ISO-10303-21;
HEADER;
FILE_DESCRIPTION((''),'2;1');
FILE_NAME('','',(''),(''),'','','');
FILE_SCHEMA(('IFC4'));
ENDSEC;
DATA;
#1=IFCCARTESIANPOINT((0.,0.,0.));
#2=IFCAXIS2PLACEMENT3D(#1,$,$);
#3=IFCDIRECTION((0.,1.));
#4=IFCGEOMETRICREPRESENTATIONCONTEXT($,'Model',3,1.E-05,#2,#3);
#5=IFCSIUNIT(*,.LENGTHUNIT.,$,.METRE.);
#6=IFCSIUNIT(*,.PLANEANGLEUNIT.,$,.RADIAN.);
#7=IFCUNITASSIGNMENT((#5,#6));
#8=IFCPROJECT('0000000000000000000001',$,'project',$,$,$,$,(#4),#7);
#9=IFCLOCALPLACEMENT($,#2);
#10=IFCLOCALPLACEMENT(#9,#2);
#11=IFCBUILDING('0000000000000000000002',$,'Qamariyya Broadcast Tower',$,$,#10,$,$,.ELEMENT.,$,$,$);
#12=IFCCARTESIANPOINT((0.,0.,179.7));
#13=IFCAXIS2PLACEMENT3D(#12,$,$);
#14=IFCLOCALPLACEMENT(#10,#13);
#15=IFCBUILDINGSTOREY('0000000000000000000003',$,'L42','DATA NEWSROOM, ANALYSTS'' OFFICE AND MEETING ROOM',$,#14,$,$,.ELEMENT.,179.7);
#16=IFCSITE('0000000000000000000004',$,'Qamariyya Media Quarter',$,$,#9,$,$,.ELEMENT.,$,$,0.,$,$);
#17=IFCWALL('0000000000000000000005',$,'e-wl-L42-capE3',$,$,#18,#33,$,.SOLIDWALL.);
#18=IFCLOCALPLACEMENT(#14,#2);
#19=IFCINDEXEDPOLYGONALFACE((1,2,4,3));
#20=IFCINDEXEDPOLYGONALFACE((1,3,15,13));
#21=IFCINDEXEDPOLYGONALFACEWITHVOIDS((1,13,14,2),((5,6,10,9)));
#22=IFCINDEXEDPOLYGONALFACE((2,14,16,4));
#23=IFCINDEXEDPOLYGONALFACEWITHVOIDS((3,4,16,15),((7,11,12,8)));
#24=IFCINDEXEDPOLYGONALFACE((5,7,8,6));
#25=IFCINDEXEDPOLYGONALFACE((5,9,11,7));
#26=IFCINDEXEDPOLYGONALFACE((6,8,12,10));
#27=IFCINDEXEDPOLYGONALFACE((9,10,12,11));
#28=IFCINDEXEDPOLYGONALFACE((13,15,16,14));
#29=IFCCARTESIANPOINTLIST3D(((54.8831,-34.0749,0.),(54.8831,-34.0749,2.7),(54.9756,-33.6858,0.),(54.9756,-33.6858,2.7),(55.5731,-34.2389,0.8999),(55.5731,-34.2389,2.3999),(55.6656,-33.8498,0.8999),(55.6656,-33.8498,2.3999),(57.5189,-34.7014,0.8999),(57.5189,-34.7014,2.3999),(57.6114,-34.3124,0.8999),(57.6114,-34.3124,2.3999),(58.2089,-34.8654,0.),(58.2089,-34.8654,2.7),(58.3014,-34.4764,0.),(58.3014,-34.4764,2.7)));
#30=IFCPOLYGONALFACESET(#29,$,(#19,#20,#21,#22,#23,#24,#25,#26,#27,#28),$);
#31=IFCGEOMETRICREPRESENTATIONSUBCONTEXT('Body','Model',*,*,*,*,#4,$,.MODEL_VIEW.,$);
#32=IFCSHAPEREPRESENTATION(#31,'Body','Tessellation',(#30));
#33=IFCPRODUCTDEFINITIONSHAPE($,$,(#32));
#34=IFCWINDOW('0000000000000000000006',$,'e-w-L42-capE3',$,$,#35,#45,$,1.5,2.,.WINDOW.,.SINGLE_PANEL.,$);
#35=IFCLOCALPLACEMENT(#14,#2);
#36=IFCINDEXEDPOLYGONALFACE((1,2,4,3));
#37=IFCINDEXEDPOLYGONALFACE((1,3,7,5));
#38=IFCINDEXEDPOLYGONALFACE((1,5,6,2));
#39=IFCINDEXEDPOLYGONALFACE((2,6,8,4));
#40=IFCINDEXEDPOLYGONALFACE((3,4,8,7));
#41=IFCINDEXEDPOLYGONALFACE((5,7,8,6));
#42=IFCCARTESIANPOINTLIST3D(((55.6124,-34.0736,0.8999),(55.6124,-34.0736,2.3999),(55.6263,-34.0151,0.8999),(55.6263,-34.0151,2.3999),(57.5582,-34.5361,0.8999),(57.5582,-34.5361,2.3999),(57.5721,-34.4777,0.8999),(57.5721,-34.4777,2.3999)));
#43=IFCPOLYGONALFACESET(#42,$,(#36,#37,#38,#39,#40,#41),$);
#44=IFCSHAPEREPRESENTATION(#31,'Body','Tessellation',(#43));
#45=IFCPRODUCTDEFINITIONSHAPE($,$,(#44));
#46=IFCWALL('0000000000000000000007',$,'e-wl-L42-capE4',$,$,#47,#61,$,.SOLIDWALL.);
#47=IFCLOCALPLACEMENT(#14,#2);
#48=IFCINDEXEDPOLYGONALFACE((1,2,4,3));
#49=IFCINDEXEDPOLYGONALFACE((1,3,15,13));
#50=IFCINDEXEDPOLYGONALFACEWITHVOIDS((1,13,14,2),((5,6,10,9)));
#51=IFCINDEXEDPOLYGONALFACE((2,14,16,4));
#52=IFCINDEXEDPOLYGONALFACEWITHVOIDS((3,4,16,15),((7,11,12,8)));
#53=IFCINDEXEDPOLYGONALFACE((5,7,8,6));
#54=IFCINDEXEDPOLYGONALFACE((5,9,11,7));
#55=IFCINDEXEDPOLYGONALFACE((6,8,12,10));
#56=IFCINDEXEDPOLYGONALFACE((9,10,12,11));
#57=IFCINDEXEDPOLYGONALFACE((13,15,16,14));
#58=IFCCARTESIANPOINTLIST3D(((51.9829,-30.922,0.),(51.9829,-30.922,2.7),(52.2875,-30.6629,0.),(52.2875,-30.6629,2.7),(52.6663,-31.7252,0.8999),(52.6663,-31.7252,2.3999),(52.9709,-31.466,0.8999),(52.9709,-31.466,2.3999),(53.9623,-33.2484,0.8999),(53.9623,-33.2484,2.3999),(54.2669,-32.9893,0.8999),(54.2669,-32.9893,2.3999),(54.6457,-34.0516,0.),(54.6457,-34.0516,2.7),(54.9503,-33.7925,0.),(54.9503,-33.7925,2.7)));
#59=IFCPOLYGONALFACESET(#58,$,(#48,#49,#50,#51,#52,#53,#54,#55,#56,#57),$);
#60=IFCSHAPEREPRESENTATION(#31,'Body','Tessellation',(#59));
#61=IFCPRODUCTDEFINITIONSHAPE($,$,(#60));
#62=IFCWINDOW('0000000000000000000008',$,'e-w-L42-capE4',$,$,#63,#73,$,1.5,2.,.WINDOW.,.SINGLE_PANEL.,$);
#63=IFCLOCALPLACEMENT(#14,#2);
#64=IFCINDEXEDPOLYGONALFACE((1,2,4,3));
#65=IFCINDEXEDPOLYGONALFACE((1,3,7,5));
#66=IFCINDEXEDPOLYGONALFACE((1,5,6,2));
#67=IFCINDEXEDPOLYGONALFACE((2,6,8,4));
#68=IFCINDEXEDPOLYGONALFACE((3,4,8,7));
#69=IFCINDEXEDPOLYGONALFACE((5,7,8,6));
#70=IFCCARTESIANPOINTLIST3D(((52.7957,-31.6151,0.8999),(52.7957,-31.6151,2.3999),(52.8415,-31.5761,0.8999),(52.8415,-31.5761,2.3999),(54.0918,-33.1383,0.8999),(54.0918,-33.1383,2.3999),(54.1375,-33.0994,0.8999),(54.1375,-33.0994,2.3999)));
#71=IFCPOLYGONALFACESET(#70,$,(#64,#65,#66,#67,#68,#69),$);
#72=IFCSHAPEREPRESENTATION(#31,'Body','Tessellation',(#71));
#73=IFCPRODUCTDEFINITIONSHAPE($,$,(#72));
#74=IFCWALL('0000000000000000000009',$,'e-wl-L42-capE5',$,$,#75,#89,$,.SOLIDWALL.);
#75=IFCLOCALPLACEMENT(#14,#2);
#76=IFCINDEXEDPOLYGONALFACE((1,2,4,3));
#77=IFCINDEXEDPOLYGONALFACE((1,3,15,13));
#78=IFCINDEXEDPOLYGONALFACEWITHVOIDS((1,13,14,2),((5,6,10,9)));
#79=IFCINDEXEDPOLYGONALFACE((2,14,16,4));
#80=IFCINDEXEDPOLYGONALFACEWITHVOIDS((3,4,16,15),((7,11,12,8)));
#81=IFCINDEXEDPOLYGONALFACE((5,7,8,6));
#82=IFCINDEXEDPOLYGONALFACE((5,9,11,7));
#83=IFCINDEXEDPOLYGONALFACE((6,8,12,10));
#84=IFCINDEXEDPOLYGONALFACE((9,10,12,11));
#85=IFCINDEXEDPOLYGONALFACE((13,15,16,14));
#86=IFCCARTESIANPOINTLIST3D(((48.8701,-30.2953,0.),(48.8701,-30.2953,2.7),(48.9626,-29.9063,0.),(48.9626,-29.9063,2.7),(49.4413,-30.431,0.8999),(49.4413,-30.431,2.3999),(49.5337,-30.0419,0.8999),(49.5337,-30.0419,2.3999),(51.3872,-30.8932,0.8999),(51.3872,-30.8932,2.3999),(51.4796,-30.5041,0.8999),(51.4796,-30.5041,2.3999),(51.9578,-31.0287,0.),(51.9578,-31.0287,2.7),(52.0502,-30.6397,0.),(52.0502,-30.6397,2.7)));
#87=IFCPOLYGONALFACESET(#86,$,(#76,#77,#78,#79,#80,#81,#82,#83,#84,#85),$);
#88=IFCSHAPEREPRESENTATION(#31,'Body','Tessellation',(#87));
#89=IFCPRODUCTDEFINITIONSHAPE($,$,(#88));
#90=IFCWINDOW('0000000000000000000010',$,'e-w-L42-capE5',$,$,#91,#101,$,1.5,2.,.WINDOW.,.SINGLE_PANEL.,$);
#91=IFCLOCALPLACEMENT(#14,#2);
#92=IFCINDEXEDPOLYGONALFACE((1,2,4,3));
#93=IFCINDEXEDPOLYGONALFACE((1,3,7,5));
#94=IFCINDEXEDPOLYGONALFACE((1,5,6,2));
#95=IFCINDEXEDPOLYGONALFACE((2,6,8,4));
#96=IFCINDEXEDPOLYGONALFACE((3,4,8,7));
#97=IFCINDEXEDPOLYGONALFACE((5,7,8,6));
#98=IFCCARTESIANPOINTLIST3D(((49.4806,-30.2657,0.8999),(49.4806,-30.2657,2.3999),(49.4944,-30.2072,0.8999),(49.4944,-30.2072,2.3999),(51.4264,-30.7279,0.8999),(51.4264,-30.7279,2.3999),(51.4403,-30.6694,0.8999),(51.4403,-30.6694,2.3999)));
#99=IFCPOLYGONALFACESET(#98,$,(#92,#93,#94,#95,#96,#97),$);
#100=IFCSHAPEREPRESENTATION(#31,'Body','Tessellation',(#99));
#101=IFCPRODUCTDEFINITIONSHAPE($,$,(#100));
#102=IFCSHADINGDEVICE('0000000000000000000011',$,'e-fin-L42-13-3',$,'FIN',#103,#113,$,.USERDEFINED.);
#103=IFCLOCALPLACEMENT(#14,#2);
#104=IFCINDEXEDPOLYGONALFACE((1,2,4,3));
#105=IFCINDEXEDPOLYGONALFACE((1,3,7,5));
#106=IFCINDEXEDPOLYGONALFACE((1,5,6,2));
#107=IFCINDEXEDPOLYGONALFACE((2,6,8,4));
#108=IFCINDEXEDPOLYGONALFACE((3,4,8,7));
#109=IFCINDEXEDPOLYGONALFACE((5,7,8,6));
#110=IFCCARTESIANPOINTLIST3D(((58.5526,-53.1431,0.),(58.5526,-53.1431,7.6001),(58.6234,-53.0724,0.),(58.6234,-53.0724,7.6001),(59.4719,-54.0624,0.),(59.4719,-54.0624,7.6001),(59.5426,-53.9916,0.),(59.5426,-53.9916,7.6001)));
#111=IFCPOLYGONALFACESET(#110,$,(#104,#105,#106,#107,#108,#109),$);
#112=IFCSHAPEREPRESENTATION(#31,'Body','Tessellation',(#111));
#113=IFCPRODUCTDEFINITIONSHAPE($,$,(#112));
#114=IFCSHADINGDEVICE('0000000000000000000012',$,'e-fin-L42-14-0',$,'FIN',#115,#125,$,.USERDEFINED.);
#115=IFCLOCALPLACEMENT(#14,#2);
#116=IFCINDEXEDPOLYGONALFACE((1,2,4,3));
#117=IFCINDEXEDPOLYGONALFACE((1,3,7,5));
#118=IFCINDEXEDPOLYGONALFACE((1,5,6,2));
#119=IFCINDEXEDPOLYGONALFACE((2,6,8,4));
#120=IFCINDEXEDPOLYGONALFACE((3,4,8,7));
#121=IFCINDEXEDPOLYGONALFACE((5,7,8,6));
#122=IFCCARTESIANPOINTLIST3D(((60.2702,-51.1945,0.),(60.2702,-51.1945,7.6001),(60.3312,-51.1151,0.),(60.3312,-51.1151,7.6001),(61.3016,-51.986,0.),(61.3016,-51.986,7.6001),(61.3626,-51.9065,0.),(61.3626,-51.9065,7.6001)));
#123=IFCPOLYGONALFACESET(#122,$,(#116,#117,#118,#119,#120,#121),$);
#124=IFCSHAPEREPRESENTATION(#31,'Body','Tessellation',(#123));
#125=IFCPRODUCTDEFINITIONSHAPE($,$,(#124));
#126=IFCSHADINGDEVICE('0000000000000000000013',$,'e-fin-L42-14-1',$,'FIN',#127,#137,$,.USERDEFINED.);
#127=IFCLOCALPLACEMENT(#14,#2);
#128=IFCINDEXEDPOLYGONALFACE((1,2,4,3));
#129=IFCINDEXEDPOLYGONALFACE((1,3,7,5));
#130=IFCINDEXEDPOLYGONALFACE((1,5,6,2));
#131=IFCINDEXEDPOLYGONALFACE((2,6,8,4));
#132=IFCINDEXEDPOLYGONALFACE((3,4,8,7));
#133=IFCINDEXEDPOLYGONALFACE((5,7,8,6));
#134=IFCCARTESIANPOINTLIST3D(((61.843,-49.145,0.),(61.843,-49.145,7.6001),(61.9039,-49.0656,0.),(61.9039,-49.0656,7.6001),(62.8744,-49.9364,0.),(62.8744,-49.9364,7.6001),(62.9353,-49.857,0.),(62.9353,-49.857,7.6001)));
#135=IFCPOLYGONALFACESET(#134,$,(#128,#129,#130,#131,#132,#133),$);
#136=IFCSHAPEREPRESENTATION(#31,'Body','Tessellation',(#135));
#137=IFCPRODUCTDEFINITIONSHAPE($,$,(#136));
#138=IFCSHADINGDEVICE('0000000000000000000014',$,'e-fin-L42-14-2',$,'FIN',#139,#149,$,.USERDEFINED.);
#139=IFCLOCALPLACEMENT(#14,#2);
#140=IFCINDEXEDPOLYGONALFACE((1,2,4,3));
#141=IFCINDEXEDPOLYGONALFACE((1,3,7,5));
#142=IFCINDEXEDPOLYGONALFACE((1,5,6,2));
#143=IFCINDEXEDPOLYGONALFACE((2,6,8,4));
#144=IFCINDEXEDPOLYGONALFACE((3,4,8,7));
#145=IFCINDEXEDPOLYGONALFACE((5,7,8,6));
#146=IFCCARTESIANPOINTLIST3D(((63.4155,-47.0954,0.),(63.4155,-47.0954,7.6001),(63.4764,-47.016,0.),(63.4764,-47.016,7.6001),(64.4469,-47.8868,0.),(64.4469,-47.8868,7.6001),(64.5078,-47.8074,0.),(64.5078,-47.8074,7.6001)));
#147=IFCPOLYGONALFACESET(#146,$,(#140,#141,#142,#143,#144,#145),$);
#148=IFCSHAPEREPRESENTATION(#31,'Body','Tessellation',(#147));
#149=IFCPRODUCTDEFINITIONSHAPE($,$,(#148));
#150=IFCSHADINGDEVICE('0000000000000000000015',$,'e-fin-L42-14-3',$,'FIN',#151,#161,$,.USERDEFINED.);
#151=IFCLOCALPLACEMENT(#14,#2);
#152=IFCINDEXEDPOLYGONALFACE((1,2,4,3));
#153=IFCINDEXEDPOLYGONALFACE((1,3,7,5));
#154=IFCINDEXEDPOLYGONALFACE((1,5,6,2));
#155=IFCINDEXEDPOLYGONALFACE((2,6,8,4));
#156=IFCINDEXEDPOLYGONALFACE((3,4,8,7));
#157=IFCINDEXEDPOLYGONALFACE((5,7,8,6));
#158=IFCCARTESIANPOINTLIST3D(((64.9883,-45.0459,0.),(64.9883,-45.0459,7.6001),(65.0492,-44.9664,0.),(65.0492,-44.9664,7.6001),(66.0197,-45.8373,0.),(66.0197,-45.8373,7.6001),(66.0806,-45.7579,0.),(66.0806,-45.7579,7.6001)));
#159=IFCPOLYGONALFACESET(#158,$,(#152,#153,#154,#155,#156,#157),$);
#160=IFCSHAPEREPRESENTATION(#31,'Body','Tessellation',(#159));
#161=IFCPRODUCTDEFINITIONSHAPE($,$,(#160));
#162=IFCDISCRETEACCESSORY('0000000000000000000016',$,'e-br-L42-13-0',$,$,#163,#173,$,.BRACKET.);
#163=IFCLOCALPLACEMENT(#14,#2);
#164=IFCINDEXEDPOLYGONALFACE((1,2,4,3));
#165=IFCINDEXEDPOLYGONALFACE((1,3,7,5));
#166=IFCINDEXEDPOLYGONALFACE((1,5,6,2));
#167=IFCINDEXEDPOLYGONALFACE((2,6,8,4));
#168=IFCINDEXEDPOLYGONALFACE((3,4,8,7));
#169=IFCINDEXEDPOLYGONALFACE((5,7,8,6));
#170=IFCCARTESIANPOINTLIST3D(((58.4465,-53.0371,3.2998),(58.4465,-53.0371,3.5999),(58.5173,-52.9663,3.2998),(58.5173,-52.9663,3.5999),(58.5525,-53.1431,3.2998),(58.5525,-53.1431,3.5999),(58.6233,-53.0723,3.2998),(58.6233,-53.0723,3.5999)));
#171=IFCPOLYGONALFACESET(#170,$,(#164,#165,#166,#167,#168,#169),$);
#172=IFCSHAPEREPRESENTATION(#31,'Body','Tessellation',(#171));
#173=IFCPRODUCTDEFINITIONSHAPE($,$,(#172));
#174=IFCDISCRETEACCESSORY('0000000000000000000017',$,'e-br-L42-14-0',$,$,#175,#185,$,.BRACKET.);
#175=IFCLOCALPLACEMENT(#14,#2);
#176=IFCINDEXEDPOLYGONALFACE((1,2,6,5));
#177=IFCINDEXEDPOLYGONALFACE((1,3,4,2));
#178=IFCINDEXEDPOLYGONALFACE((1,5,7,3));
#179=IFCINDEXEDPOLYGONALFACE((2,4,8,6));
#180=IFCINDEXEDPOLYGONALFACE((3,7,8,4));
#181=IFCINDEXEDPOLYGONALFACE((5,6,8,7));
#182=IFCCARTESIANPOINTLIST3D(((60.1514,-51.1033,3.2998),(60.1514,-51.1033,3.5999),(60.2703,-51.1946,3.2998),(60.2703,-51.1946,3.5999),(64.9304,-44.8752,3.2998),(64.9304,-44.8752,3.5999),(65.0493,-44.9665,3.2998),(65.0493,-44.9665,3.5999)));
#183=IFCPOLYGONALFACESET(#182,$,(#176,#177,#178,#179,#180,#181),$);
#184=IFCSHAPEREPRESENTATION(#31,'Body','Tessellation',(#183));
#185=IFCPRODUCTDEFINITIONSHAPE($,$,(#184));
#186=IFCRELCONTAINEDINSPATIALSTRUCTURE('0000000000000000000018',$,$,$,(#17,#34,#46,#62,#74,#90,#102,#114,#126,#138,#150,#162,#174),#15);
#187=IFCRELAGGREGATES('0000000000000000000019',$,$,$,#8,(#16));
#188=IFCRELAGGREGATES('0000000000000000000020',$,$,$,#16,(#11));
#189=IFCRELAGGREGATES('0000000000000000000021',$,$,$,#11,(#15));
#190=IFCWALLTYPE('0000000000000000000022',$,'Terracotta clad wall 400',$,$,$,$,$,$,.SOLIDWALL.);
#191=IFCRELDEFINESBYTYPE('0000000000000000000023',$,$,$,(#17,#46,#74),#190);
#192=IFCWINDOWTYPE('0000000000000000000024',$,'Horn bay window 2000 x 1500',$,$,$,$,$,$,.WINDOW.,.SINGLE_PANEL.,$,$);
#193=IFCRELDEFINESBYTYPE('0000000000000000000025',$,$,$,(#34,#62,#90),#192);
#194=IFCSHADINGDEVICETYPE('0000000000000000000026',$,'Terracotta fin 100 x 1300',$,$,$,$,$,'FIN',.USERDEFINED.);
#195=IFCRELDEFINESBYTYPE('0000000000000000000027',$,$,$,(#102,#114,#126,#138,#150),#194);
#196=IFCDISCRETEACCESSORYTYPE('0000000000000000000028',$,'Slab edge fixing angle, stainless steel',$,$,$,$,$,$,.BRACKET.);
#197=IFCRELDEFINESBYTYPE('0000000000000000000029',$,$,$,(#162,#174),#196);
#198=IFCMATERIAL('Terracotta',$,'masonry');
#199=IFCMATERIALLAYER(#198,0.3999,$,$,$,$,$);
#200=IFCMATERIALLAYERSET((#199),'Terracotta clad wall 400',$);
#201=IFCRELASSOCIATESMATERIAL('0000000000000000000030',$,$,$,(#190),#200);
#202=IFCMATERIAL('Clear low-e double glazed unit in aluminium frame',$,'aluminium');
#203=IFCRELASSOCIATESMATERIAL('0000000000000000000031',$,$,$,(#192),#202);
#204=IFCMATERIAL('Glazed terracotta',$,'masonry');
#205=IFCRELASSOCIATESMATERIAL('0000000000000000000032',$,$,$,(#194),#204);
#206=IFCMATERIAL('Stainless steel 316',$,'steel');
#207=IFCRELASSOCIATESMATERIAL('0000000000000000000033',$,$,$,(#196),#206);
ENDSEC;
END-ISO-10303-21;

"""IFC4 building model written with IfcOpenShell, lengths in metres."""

from ifc_helpers import new_model, si_unit, direction, frame, frame_2d, origin, origin_2d, place, context, subcontext, project, spatial, rectangle, extrude, material, layer, layer_set, material_profile, profile_set, type_object, element, fill, save


model = new_model("IFC4")

# Units and contexts
model_context = context("Model", 3, precision=1e-05, world=origin(), true_north=direction((0.0, 1.0)))
body_context = subcontext(model_context, "Body", "Model", "MODEL_VIEW")
ifc_project = project(units=[si_unit("LENGTHUNIT", "METRE"), si_unit("PLANEANGLEUNIT", "RADIAN")], contexts=[model_context])

# Site, building, storey
site_placement = place(None, origin())
site = spatial("IfcSite", under=ifc_project, at=site_placement, Name="Qamariyya Media Quarter", CompositionType="ELEMENT", RefElevation=0.0)
building_placement = place(site_placement, origin())
building = spatial("IfcBuilding", under=site, at=building_placement, Name="Qamariyya Broadcast Tower", CompositionType="ELEMENT")
storey_placement = place(building_placement, frame((0.0, 0.0, 179.7)))
storey = spatial("IfcBuildingStorey", under=building, at=storey_placement, Name="L42", Description="DATA NEWSROOM, ANALYSTS' OFFICE AND MEETING ROOM", CompositionType="ELEMENT", Elevation=179.7)

# Walls, openings, windows
ifc_material_1 = material(Name="Terracotta", Category="masonry")
ifc_layer = layer(ifc_material_1, 0.3999)
ifc_layer_set = layer_set([ifc_layer], Name="Terracotta clad wall 400")
wall_type = type_object("IfcWallType", Name="Terracotta clad wall 400", PredefinedType="SOLIDWALL", material=ifc_layer_set)
ifc_material_2 = material(Name="Clear low-e double glazed unit in aluminium frame", Category="aluminium")
window_type = type_object("IfcWindowType", Name="Horn bay window 2000 x 1500", PartitioningType="SINGLE_PANEL", PredefinedType="WINDOW", material=ifc_material_2)
wall_1_placement = place(storey_placement, frame((58.2551, -34.6709, 0.0), z_axis=(0.0, 0.0, 1.0), x_axis=(-0.972892, 0.23126, 0.0)))
wall_1 = element("IfcWall", 1, at=wall_1_placement, inside=storey, type_object=wall_type, Name="e-wl-L42-capE3", PredefinedType="SOLIDWALL", context=body_context, shape_type="SweptSolid", body=[
    extrude(rectangle(XDim=3.4185, YDim=0.3999, at=frame_2d((1.7092, 0.0))), origin(), (0.0, 0.0, 1.0), 2.7),
])
opening_1_placement = place(wall_1_placement, frame((0.7092, 0.0, 0.8999)))
opening_1 = element("IfcOpeningElement", 2, at=opening_1_placement, cuts=wall_1, PredefinedType="OPENING", context=body_context, shape_type="SweptSolid", body=[
    extrude(rectangle(XDim=2.0, YDim=1.5, at=frame_2d((1.0, 0.75))), frame((0.0, 0.21, 0.0), z_axis=(0.0, -1.0, 0.0), x_axis=(1.0, 0.0, 0.0)), (0.0, 0.0, 1.0), 0.4199),
])
window_1_placement = place(opening_1_placement, origin())
window_1 = element("IfcWindow", 3, at=window_1_placement, inside=storey, type_object=window_type, Name="e-w-L42-capE3", OverallHeight=1.5, OverallWidth=2.0, PartitioningType="SINGLE_PANEL", PredefinedType="WINDOW", context=body_context, shape_type="SweptSolid", body=[
    extrude(rectangle(XDim=2.0, YDim=1.5, at=frame_2d((1.0, 0.75))), frame((0.0, 0.03, 0.0), z_axis=(0.0, -1.0, 0.0), x_axis=(1.0, 0.0, 0.0)), (0.0, 0.0, 1.0), 0.0601),
])
fill(opening_1, window_1)
wall_2_placement = place(storey_placement, frame((54.7981, -33.9221, 0.0), z_axis=(0.0, 0.0, 1.0), x_axis=(-0.648023, 0.761621, 0.0)))
wall_2 = element("IfcWall", 4, at=wall_2_placement, inside=storey, type_object=wall_type, Name="e-wl-L42-capE4", PredefinedType="SOLIDWALL", context=body_context, shape_type="SweptSolid", body=[
    extrude(rectangle(XDim=4.1091, YDim=0.3999, at=frame_2d((2.0547, 0.0))), origin(), (0.0, 0.0, 1.0), 2.7),
])
opening_2_placement = place(wall_2_placement, frame((1.0547, 0.0, 0.8999)))
opening_2 = element("IfcOpeningElement", 5, at=opening_2_placement, cuts=wall_2, PredefinedType="OPENING", context=body_context, shape_type="SweptSolid", body=[
    extrude(rectangle(XDim=2.0, YDim=1.5, at=frame_2d((1.0, 0.75))), frame((0.0, 0.21, 0.0), z_axis=(0.0, -1.0, 0.0), x_axis=(1.0, 0.0, 0.0)), (0.0, 0.0, 1.0), 0.4199),
])
window_2_placement = place(opening_2_placement, origin())
window_2 = element("IfcWindow", 6, at=window_2_placement, inside=storey, type_object=window_type, Name="e-w-L42-capE4", OverallHeight=1.5, OverallWidth=2.0, PartitioningType="SINGLE_PANEL", PredefinedType="WINDOW", context=body_context, shape_type="SweptSolid", body=[
    extrude(rectangle(XDim=2.0, YDim=1.5, at=frame_2d((1.0, 0.75))), frame((0.0, 0.03, 0.0), z_axis=(0.0, -1.0, 0.0), x_axis=(1.0, 0.0, 0.0)), (0.0, 0.0, 1.0), 0.0601),
])
fill(opening_2, window_2)
wall_3_placement = place(storey_placement, frame((52.0042, -30.8342, 0.0), z_axis=(0.0, 0.0, 1.0), x_axis=(-0.972931, 0.231097, 0.0)))
wall_3 = element("IfcWall", 7, at=wall_3_placement, inside=storey, type_object=wall_type, Name="e-wl-L42-capE5", PredefinedType="SOLIDWALL", context=body_context, shape_type="SweptSolid", body=[
    extrude(rectangle(XDim=3.1736, YDim=0.3999, at=frame_2d((1.5869, 0.0))), origin(), (0.0, 0.0, 1.0), 2.7),
])
opening_3_placement = place(wall_3_placement, frame((0.5867, 0.0, 0.8999)))
opening_3 = element("IfcOpeningElement", 8, at=opening_3_placement, cuts=wall_3, PredefinedType="OPENING", context=body_context, shape_type="SweptSolid", body=[
    extrude(rectangle(XDim=2.0, YDim=1.5, at=frame_2d((1.0, 0.75))), frame((0.0, 0.21, 0.0), z_axis=(0.0, -1.0, 0.0), x_axis=(1.0, 0.0, 0.0)), (0.0, 0.0, 1.0), 0.4199),
])
window_3_placement = place(opening_3_placement, origin())
window_3 = element("IfcWindow", 9, at=window_3_placement, inside=storey, type_object=window_type, Name="e-w-L42-capE5", OverallHeight=1.5, OverallWidth=2.0, PartitioningType="SINGLE_PANEL", PredefinedType="WINDOW", context=body_context, shape_type="SweptSolid", body=[
    extrude(rectangle(XDim=2.0, YDim=1.5, at=frame_2d((1.0, 0.75))), frame((0.0, 0.03, 0.0), z_axis=(0.0, -1.0, 0.0), x_axis=(1.0, 0.0, 0.0)), (0.0, 0.0, 1.0), 0.0601),
])
fill(opening_3, window_3)

# Shading devices
ifc_material_3 = material(Name="Glazed terracotta", Category="masonry")
ifc_material_profile_1 = material_profile(ifc_material_3, rectangle(XDim=1.3, YDim=0.1001, at=origin_2d()))
ifc_profile_set_1 = profile_set([ifc_material_profile_1], Name="Glazed terracotta")
shading_device_type_1 = type_object("IfcShadingDeviceType", Name="Terracotta fin 100 x 1300", ElementType="FIN", PredefinedType="USERDEFINED", material=ifc_profile_set_1)
for number, where, z_axis, x_axis, name in (
    (10, (59.0476, -53.5674, 0.0), (0.0, 0.0, 1.0), (0.707107, -0.707107, 0.0), "e-fin-L42-13-3"),
    (11, (60.8164, -51.5505, 0.0), (0.0, 0.0, 1.0), (0.793353, -0.608761, 0.0), "e-fin-L42-14-0"),
    (12, (62.3892, -49.501, 0.0), (0.0, 0.0, 1.0), (0.793353, -0.608761, 0.0), "e-fin-L42-14-1"),
    (13, (63.9617, -47.4514, 0.0), (0.0, 0.0, 1.0), (0.793353, -0.608761, 0.0), "e-fin-L42-14-2"),
    (14, (65.5344, -45.4019, 0.0), (0.0, 0.0, 1.0), (0.793353, -0.608761, 0.0), "e-fin-L42-14-3"),
):
    element("IfcShadingDevice", number, at=place(storey_placement, frame(where, z_axis=z_axis, x_axis=x_axis)), inside=storey, type_object=shading_device_type_1, Name=name, ObjectType="FIN", PredefinedType="USERDEFINED", context=body_context, shape_type="SweptSolid", body=[
        extrude(rectangle(XDim=1.3, YDim=0.1001, at=origin_2d()), origin(), (0.0, 0.0, 1.0), 7.6001),
    ])

# Discrete accessories
ifc_material_4 = material(Name="Stainless steel 316", Category="steel")
discrete_accessory_type = type_object("IfcDiscreteAccessoryType", Name="Slab edge fixing angle, stainless steel", PredefinedType="BRACKET", material=ifc_material_4)
discrete_accessory_1_placement = place(storey_placement, frame((58.5349, -53.0547, 3.2998), z_axis=(0.0, 0.0, 1.0), x_axis=(0.707107, 0.707107, 0.0)))
element("IfcDiscreteAccessory", 15, at=discrete_accessory_1_placement, inside=storey, type_object=discrete_accessory_type, Name="e-br-L42-13-0", PredefinedType="BRACKET", context=body_context, shape_type="SweptSolid", body=[
    extrude(rectangle(XDim=0.1001, YDim=0.1499, at=origin_2d()), origin(), (0.0, 0.0, 1.0), 0.3),
])
discrete_accessory_2_placement = place(storey_placement, frame((62.6003, -48.0349, 3.2998), z_axis=(0.0, 0.0, 1.0), x_axis=(0.608761, 0.793353, 0.0)))
element("IfcDiscreteAccessory", 16, at=discrete_accessory_2_placement, inside=storey, type_object=discrete_accessory_type, Name="e-br-L42-14-0", PredefinedType="BRACKET", context=body_context, shape_type="SweptSolid", body=[
    extrude(rectangle(XDim=7.8503, YDim=0.1499, at=origin_2d()), origin(), (0.0, 0.0, 1.0), 0.3),
])

save(model, "model.ifc")
